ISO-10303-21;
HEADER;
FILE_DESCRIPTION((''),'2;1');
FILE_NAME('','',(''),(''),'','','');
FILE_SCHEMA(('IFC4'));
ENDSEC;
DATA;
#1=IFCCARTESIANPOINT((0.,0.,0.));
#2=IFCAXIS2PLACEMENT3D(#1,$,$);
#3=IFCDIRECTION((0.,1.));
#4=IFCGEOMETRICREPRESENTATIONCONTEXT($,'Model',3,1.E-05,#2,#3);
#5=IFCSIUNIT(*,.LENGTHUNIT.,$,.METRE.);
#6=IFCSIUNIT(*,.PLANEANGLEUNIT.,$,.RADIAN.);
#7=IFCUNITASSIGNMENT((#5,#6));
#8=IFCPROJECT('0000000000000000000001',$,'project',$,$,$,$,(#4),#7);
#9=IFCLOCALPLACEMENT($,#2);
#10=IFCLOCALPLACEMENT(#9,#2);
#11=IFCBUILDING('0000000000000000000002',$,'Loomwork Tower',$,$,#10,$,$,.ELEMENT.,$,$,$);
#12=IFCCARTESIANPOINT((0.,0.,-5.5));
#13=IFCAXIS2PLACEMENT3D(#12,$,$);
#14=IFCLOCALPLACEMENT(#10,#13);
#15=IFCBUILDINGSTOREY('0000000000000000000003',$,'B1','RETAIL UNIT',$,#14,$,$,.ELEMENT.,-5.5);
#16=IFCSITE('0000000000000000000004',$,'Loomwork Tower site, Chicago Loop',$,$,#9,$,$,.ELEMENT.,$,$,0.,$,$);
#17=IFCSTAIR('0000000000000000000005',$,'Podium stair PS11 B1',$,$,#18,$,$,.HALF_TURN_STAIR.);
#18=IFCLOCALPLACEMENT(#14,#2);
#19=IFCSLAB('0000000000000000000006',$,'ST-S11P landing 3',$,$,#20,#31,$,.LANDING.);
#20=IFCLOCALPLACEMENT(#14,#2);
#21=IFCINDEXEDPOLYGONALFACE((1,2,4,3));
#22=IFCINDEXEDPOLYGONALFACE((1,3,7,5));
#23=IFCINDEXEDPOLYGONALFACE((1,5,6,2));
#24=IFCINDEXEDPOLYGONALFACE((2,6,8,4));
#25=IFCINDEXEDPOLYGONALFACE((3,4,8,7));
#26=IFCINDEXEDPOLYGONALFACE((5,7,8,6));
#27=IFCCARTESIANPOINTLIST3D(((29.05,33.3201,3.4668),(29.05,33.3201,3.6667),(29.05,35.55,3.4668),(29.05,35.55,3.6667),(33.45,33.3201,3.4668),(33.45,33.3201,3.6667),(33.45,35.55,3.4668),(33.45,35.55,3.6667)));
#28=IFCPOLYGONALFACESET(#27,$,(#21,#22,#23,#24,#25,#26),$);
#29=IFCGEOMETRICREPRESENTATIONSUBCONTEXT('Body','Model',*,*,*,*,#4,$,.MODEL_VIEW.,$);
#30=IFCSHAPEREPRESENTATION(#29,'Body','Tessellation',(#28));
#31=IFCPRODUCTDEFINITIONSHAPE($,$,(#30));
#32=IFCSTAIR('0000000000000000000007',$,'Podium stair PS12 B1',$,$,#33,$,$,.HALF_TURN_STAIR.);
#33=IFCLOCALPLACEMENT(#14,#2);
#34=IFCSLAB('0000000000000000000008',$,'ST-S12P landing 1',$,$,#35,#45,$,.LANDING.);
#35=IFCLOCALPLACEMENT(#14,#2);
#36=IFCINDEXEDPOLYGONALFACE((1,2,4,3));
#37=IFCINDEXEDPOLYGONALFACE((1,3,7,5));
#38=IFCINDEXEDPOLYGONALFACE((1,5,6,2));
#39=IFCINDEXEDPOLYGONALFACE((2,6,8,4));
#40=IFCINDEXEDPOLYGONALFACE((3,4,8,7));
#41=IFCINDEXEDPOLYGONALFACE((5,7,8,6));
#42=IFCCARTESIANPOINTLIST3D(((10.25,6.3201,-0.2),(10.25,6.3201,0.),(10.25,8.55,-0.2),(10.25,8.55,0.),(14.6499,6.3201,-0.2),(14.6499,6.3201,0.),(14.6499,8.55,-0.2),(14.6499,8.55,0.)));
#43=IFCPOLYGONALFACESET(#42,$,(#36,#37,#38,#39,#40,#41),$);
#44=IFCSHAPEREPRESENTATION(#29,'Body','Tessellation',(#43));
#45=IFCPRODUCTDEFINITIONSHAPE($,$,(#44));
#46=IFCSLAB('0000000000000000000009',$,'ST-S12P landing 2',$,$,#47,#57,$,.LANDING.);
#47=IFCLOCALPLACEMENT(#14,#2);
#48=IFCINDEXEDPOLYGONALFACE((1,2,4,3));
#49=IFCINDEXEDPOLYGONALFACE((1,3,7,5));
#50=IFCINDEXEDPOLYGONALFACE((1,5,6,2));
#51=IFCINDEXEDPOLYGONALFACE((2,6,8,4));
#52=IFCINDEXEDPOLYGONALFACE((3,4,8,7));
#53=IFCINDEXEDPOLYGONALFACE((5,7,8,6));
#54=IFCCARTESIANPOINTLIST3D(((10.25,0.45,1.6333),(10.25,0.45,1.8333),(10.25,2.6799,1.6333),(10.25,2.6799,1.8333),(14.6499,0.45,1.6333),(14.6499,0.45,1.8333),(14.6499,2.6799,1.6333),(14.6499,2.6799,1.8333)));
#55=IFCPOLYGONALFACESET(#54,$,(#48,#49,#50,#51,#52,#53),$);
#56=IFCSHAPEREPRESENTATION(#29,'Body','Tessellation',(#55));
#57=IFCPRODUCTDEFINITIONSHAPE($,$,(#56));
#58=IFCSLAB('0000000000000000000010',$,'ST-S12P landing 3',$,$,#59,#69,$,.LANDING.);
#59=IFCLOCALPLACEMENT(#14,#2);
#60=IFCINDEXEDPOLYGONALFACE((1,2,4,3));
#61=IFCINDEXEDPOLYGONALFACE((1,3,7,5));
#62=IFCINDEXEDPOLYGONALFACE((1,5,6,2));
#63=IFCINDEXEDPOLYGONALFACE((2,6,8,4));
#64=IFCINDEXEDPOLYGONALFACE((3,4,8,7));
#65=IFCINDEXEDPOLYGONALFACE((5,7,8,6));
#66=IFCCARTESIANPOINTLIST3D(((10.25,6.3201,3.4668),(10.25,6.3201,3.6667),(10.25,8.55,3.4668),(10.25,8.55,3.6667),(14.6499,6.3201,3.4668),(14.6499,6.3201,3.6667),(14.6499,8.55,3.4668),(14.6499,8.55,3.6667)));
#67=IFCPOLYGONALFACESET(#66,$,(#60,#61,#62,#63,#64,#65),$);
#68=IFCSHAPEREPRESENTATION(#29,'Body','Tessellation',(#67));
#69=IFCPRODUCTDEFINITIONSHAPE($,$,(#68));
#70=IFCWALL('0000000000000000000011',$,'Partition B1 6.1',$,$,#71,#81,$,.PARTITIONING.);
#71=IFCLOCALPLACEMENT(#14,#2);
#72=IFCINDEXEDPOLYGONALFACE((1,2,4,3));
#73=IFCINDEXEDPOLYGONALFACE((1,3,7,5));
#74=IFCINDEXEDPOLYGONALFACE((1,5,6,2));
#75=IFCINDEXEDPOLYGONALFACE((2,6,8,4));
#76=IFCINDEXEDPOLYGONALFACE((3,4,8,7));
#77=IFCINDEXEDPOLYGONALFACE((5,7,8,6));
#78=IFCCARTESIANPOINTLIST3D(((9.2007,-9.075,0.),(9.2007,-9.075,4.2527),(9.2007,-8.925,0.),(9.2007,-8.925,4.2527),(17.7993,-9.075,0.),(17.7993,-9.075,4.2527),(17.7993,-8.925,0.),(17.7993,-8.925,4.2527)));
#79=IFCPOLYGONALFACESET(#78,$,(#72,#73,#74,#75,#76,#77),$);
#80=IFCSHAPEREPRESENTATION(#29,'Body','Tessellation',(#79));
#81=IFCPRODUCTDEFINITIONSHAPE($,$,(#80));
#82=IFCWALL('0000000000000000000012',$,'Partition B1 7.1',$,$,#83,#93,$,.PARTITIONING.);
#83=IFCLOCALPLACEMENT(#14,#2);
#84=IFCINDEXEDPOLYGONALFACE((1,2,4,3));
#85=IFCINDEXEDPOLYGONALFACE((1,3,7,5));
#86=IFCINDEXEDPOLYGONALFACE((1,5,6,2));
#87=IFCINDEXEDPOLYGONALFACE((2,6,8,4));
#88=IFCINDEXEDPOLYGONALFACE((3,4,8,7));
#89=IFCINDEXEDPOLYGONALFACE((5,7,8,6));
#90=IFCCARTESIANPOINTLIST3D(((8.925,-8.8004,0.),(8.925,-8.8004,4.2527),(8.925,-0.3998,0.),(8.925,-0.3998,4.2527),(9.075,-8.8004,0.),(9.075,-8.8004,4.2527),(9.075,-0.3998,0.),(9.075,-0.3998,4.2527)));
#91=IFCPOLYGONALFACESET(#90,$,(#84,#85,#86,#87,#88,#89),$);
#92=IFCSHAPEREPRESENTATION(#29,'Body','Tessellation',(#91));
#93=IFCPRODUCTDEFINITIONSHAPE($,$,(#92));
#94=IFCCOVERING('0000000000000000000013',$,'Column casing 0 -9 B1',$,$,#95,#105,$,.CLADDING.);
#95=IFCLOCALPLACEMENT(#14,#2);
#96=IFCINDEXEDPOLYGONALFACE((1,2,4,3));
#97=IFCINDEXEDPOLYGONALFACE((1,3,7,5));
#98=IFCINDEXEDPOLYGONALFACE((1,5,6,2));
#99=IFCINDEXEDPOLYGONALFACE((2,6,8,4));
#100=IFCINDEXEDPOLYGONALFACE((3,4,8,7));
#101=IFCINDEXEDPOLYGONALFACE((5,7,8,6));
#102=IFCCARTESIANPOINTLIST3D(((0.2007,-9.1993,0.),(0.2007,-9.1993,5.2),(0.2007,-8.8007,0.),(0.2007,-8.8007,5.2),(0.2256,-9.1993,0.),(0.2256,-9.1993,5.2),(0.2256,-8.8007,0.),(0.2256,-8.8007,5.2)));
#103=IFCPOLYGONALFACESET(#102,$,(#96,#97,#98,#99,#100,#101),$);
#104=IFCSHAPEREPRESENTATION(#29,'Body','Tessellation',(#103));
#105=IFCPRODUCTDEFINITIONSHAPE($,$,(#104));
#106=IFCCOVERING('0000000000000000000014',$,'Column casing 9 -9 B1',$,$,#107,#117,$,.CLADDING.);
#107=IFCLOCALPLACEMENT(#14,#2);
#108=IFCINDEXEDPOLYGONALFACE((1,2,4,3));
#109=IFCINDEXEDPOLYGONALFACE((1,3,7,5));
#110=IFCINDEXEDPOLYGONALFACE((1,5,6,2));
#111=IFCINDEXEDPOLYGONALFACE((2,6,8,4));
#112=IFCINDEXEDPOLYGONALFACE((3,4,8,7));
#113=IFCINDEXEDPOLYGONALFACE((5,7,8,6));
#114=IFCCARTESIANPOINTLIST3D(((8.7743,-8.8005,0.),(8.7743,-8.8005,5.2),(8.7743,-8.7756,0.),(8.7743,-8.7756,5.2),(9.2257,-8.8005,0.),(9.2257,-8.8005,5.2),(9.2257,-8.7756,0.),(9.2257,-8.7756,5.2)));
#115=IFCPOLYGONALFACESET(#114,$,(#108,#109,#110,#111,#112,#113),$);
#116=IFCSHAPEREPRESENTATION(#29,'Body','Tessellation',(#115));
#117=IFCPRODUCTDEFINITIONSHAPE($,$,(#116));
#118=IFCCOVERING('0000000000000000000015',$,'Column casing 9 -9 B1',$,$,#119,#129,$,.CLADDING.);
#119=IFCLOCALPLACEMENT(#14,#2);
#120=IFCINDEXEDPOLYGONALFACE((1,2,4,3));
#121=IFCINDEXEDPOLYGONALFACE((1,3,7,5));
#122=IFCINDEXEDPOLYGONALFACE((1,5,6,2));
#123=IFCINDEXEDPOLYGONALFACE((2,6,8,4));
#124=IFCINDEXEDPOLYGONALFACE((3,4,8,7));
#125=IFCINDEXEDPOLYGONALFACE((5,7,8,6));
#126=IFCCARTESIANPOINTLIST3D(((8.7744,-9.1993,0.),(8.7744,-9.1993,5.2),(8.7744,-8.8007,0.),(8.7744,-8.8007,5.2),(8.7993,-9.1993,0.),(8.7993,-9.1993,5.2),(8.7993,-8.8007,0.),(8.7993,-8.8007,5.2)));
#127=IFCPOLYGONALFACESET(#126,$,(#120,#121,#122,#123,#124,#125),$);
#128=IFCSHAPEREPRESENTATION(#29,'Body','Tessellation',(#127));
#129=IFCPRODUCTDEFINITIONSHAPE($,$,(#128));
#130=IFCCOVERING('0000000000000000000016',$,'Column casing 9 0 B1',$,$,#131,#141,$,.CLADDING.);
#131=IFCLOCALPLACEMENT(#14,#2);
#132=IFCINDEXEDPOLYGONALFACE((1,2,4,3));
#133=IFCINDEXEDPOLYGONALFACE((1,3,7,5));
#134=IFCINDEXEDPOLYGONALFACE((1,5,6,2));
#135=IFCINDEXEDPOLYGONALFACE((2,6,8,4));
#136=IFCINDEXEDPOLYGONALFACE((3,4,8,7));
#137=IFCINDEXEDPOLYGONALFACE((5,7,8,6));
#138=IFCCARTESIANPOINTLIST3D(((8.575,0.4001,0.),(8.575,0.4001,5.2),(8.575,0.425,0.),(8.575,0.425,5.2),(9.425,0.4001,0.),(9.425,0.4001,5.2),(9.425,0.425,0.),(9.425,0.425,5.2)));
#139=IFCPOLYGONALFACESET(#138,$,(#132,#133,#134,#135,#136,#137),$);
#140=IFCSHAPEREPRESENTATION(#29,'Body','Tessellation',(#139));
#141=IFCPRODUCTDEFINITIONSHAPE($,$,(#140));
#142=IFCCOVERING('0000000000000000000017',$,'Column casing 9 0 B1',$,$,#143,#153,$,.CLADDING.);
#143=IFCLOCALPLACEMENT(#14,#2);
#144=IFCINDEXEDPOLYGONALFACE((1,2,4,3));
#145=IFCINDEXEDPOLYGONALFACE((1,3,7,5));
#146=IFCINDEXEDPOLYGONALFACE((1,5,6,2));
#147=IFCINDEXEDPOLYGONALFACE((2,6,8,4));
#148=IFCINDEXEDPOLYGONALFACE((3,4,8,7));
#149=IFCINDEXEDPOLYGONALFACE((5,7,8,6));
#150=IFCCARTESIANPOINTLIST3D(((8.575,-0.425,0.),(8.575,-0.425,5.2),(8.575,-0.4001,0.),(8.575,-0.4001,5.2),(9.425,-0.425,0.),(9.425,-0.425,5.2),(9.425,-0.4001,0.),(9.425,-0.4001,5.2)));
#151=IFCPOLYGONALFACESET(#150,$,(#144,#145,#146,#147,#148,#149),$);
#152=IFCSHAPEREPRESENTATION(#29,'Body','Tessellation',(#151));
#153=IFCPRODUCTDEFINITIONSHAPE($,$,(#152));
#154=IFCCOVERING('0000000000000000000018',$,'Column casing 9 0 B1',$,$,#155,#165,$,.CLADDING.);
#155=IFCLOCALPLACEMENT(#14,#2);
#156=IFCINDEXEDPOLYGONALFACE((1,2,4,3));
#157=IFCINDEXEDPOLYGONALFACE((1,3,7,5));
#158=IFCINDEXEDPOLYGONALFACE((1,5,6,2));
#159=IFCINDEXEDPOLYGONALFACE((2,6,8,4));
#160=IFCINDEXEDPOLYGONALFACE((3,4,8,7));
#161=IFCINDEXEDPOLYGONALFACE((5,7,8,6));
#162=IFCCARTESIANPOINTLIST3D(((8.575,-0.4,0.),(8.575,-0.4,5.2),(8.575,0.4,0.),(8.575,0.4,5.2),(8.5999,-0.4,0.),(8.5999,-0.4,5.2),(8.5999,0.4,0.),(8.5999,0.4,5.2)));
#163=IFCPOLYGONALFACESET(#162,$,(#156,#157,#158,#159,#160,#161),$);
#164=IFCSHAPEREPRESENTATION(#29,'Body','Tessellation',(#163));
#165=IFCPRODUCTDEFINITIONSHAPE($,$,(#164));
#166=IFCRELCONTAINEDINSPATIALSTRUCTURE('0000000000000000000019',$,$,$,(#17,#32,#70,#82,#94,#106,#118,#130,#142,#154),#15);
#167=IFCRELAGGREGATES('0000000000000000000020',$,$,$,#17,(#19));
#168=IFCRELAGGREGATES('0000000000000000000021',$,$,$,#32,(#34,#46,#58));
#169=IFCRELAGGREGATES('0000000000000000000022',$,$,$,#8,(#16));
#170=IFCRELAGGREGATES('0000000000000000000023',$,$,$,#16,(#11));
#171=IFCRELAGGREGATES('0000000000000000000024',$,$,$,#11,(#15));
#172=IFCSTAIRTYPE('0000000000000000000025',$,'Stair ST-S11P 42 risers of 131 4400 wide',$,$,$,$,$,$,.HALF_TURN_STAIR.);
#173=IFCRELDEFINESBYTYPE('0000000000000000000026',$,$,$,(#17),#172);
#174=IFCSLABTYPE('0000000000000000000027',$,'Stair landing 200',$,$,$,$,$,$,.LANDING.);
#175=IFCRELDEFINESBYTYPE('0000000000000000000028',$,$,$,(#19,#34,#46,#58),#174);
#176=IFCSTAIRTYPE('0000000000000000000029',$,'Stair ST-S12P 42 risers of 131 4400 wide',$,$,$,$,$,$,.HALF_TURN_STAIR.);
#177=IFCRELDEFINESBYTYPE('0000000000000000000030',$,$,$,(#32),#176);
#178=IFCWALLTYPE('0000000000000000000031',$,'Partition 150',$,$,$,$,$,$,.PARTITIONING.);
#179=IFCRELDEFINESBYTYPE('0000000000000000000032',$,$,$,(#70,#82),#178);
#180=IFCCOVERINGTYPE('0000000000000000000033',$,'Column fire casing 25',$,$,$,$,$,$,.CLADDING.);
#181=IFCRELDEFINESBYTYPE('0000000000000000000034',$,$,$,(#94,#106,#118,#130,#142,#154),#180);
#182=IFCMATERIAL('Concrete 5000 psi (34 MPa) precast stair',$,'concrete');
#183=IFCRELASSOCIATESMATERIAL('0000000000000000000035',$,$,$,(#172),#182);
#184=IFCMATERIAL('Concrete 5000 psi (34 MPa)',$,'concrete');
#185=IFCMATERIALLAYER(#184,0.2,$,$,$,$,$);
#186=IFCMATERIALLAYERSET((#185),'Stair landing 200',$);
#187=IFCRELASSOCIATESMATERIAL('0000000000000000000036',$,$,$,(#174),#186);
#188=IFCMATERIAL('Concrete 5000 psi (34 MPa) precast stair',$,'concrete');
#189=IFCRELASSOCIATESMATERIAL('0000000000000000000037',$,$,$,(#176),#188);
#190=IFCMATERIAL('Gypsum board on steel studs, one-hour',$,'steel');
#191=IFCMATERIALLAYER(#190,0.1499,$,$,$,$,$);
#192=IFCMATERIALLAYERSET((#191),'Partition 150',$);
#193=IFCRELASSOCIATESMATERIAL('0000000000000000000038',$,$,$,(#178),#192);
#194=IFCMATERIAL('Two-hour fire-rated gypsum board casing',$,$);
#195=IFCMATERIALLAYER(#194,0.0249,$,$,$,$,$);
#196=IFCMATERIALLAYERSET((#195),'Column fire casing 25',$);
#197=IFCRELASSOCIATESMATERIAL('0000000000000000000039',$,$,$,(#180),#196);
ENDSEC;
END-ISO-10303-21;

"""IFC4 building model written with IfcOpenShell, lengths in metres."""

from ifc_helpers import new_model, si_unit, direction, frame, frame_2d, origin, origin_2d, place, context, subcontext, project, spatial, polyline, rectangle, outline, extrude, material, layer, layer_set, type_object, element, aggregate, save


model = new_model("IFC4")

# Units and contexts
model_context = context("Model", 3, precision=1e-05, world=origin(), true_north=direction((0.0, 1.0)))
body_context = subcontext(model_context, "Body", "Model", "MODEL_VIEW")
ifc_project = project(units=[si_unit("LENGTHUNIT", "METRE"), si_unit("PLANEANGLEUNIT", "RADIAN")], contexts=[model_context])

# Site, building, storey
site_placement = place(None, origin())
site = spatial("IfcSite", under=ifc_project, at=site_placement, Name="Loomwork Tower site, Chicago Loop", CompositionType="ELEMENT", RefElevation=0.0)
building_placement = place(site_placement, origin())
building = spatial("IfcBuilding", under=site, at=building_placement, Name="Loomwork Tower", CompositionType="ELEMENT")
storey_placement = place(building_placement, frame((0.0, 0.0, -5.5)))
storey = spatial("IfcBuildingStorey", under=building, at=storey_placement, Name="B1", Description="RETAIL UNIT", CompositionType="ELEMENT", Elevation=-5.5)

# Stairs, slabs
ifc_material_1 = material(Name="Concrete 5000 psi (34 MPa) precast stair", Category="concrete")
stair_type_1 = type_object("IfcStairType", Name="Stair ST-S11P 42 risers of 131 4400 wide", PredefinedType="HALF_TURN_STAIR", material=ifc_material_1)
stair_1_placement = place(storey_placement, origin())
stair_1 = element("IfcStair", 1, at=stair_1_placement, inside=storey, type_object=stair_type_1, Name="Podium stair PS11 B1", PredefinedType="HALF_TURN_STAIR")
ifc_material_2 = material(Name="Concrete 5000 psi (34 MPa)", Category="concrete")
ifc_layer_1 = layer(ifc_material_2, 0.2)
ifc_layer_set_1 = layer_set([ifc_layer_1], Name="Stair landing 200")
slab_type = type_object("IfcSlabType", Name="Stair landing 200", PredefinedType="LANDING", material=ifc_layer_set_1)
slab_1_placement = place(storey_placement, frame((0.0, 0.0, 3.4668)))
slab_1 = element("IfcSlab", 2, at=slab_1_placement, type_object=slab_type, Name="ST-S11P landing 3", PredefinedType="LANDING", context=body_context, shape_type="SweptSolid", body=[
    extrude(outline(polyline([(29.05, 33.3201), (33.45, 33.3201), (33.45, 35.55), (29.05, 35.55), (29.05, 33.3201)])), origin(), (0.0, 0.0, 1.0), 0.2),
])
aggregate(stair_1, [slab_1])
ifc_material_3 = material(Name="Concrete 5000 psi (34 MPa) precast stair", Category="concrete")
stair_type_2 = type_object("IfcStairType", Name="Stair ST-S12P 42 risers of 131 4400 wide", PredefinedType="HALF_TURN_STAIR", material=ifc_material_3)
stair_2_placement = place(storey_placement, origin())
stair_2 = element("IfcStair", 3, at=stair_2_placement, inside=storey, type_object=stair_type_2, Name="Podium stair PS12 B1", PredefinedType="HALF_TURN_STAIR")
slab_2_placement = place(storey_placement, frame((0.0, 0.0, -0.2)))
slab_2 = element("IfcSlab", 4, at=slab_2_placement, type_object=slab_type, Name="ST-S12P landing 1", PredefinedType="LANDING", context=body_context, shape_type="SweptSolid", body=[
    extrude(outline(polyline([(10.25, 6.3201), (14.6499, 6.3201), (14.6499, 8.55), (10.25, 8.55), (10.25, 6.3201)])), origin(), (0.0, 0.0, 1.0), 0.2),
])
slab_3_placement = place(storey_placement, frame((0.0, 0.0, 1.6333)))
slab_3 = element("IfcSlab", 5, at=slab_3_placement, type_object=slab_type, Name="ST-S12P landing 2", PredefinedType="LANDING", context=body_context, shape_type="SweptSolid", body=[
    extrude(outline(polyline([(10.25, 0.45), (14.6499, 0.45), (14.6499, 2.6799), (10.25, 2.6799), (10.25, 0.45)])), origin(), (0.0, 0.0, 1.0), 0.2),
])
slab_4_placement = place(storey_placement, frame((0.0, 0.0, 3.4668)))
slab_4 = element("IfcSlab", 6, at=slab_4_placement, type_object=slab_type, Name="ST-S12P landing 3", PredefinedType="LANDING", context=body_context, shape_type="SweptSolid", body=[
    extrude(outline(polyline([(10.25, 6.3201), (14.6499, 6.3201), (14.6499, 8.55), (10.25, 8.55), (10.25, 6.3201)])), origin(), (0.0, 0.0, 1.0), 0.2),
])
aggregate(stair_2, [slab_2, slab_3, slab_4])

# Walls
ifc_material_4 = material(Name="Gypsum board on steel studs, one-hour", Category="steel")
ifc_layer_2 = layer(ifc_material_4, 0.1499)
ifc_layer_set_2 = layer_set([ifc_layer_2], Name="Partition 150")
wall_type = type_object("IfcWallType", Name="Partition 150", PredefinedType="PARTITIONING", material=ifc_layer_set_2)
wall_1_placement = place(storey_placement, frame((9.2007, -9.0, 0.0), z_axis=(0.0, 0.0, 1.0), x_axis=(1.0, 0.0, 0.0)))
element("IfcWall", 7, at=wall_1_placement, inside=storey, type_object=wall_type, Name="Partition B1 6.1", PredefinedType="PARTITIONING", context=body_context, shape_type="SweptSolid", body=[
    extrude(rectangle(XDim=8.5986, YDim=0.1499, at=frame_2d((4.2993, 0.0))), origin(), (0.0, 0.0, 1.0), 4.2527),
])
wall_2_placement = place(storey_placement, frame((9.0, -0.3999, 0.0), z_axis=(0.0, 0.0, 1.0), x_axis=(0.0, -1.0, 0.0)))
element("IfcWall", 8, at=wall_2_placement, inside=storey, type_object=wall_type, Name="Partition B1 7.1", PredefinedType="PARTITIONING", context=body_context, shape_type="SweptSolid", body=[
    extrude(rectangle(XDim=8.4006, YDim=0.1499, at=frame_2d((4.2002, 0.0))), origin(), (0.0, 0.0, 1.0), 4.2527),
])

# Coverings
ifc_material_5 = material(Name="Two-hour fire-rated gypsum board casing")
ifc_layer_3 = layer(ifc_material_5, 0.0249)
ifc_layer_set_3 = layer_set([ifc_layer_3], Name="Column fire casing 25")
covering_type = type_object("IfcCoveringType", Name="Column fire casing 25", PredefinedType="CLADDING", material=ifc_layer_set_3)
covering_1_placement = place(storey_placement, frame((0.2131, -9.0, 0.0), z_axis=(0.0, 0.0, 1.0), x_axis=(1.0, 0.0, 0.0)))
element("IfcCovering", 9, at=covering_1_placement, inside=storey, type_object=covering_type, Name="Column casing 0 -9 B1", PredefinedType="CLADDING", context=body_context, shape_type="SweptSolid", body=[
    extrude(rectangle(XDim=0.0249, YDim=0.3987, at=origin_2d()), origin(), (0.0, 0.0, 1.0), 5.2),
])
covering_2_placement = place(storey_placement, frame((9.0, -8.7881, 0.0), z_axis=(0.0, 0.0, 1.0), x_axis=(1.0, 0.0, 0.0)))
element("IfcCovering", 10, at=covering_2_placement, inside=storey, type_object=covering_type, Name="Column casing 9 -9 B1", PredefinedType="CLADDING", context=body_context, shape_type="SweptSolid", body=[
    extrude(rectangle(XDim=0.4514, YDim=0.0249, at=origin_2d()), origin(), (0.0, 0.0, 1.0), 5.2),
])
covering_3_placement = place(storey_placement, frame((8.7869, -9.0, 0.0), z_axis=(0.0, 0.0, 1.0), x_axis=(1.0, 0.0, 0.0)))
element("IfcCovering", 11, at=covering_3_placement, inside=storey, type_object=covering_type, Name="Column casing 9 -9 B1", PredefinedType="CLADDING", context=body_context, shape_type="SweptSolid", body=[
    extrude(rectangle(XDim=0.0249, YDim=0.3987, at=origin_2d()), origin(), (0.0, 0.0, 1.0), 5.2),
])
for number, where, z_axis, x_axis, name in (
    (12, (9.0, 0.4126, 0.0), (0.0, 0.0, 1.0), (1.0, 0.0, 0.0), "Column casing 9 0 B1"),
    (13, (9.0, -0.4126, 0.0), (0.0, 0.0, 1.0), (1.0, 0.0, 0.0), "Column casing 9 0 B1"),
):
    element("IfcCovering", number, at=place(storey_placement, frame(where, z_axis=z_axis, x_axis=x_axis)), inside=storey, type_object=covering_type, Name=name, PredefinedType="CLADDING", context=body_context, shape_type="SweptSolid", body=[
        extrude(rectangle(XDim=0.8501, YDim=0.0249, at=origin_2d()), origin(), (0.0, 0.0, 1.0), 5.2),
    ])
covering_4_placement = place(storey_placement, frame((8.5874, 0.0, 0.0), z_axis=(0.0, 0.0, 1.0), x_axis=(1.0, 0.0, 0.0)))
element("IfcCovering", 14, at=covering_4_placement, inside=storey, type_object=covering_type, Name="Column casing 9 0 B1", PredefinedType="CLADDING", context=body_context, shape_type="SweptSolid", body=[
    extrude(rectangle(XDim=0.0249, YDim=0.8, at=origin_2d()), origin(), (0.0, 0.0, 1.0), 5.2),
])

save(model, "model.ifc")
